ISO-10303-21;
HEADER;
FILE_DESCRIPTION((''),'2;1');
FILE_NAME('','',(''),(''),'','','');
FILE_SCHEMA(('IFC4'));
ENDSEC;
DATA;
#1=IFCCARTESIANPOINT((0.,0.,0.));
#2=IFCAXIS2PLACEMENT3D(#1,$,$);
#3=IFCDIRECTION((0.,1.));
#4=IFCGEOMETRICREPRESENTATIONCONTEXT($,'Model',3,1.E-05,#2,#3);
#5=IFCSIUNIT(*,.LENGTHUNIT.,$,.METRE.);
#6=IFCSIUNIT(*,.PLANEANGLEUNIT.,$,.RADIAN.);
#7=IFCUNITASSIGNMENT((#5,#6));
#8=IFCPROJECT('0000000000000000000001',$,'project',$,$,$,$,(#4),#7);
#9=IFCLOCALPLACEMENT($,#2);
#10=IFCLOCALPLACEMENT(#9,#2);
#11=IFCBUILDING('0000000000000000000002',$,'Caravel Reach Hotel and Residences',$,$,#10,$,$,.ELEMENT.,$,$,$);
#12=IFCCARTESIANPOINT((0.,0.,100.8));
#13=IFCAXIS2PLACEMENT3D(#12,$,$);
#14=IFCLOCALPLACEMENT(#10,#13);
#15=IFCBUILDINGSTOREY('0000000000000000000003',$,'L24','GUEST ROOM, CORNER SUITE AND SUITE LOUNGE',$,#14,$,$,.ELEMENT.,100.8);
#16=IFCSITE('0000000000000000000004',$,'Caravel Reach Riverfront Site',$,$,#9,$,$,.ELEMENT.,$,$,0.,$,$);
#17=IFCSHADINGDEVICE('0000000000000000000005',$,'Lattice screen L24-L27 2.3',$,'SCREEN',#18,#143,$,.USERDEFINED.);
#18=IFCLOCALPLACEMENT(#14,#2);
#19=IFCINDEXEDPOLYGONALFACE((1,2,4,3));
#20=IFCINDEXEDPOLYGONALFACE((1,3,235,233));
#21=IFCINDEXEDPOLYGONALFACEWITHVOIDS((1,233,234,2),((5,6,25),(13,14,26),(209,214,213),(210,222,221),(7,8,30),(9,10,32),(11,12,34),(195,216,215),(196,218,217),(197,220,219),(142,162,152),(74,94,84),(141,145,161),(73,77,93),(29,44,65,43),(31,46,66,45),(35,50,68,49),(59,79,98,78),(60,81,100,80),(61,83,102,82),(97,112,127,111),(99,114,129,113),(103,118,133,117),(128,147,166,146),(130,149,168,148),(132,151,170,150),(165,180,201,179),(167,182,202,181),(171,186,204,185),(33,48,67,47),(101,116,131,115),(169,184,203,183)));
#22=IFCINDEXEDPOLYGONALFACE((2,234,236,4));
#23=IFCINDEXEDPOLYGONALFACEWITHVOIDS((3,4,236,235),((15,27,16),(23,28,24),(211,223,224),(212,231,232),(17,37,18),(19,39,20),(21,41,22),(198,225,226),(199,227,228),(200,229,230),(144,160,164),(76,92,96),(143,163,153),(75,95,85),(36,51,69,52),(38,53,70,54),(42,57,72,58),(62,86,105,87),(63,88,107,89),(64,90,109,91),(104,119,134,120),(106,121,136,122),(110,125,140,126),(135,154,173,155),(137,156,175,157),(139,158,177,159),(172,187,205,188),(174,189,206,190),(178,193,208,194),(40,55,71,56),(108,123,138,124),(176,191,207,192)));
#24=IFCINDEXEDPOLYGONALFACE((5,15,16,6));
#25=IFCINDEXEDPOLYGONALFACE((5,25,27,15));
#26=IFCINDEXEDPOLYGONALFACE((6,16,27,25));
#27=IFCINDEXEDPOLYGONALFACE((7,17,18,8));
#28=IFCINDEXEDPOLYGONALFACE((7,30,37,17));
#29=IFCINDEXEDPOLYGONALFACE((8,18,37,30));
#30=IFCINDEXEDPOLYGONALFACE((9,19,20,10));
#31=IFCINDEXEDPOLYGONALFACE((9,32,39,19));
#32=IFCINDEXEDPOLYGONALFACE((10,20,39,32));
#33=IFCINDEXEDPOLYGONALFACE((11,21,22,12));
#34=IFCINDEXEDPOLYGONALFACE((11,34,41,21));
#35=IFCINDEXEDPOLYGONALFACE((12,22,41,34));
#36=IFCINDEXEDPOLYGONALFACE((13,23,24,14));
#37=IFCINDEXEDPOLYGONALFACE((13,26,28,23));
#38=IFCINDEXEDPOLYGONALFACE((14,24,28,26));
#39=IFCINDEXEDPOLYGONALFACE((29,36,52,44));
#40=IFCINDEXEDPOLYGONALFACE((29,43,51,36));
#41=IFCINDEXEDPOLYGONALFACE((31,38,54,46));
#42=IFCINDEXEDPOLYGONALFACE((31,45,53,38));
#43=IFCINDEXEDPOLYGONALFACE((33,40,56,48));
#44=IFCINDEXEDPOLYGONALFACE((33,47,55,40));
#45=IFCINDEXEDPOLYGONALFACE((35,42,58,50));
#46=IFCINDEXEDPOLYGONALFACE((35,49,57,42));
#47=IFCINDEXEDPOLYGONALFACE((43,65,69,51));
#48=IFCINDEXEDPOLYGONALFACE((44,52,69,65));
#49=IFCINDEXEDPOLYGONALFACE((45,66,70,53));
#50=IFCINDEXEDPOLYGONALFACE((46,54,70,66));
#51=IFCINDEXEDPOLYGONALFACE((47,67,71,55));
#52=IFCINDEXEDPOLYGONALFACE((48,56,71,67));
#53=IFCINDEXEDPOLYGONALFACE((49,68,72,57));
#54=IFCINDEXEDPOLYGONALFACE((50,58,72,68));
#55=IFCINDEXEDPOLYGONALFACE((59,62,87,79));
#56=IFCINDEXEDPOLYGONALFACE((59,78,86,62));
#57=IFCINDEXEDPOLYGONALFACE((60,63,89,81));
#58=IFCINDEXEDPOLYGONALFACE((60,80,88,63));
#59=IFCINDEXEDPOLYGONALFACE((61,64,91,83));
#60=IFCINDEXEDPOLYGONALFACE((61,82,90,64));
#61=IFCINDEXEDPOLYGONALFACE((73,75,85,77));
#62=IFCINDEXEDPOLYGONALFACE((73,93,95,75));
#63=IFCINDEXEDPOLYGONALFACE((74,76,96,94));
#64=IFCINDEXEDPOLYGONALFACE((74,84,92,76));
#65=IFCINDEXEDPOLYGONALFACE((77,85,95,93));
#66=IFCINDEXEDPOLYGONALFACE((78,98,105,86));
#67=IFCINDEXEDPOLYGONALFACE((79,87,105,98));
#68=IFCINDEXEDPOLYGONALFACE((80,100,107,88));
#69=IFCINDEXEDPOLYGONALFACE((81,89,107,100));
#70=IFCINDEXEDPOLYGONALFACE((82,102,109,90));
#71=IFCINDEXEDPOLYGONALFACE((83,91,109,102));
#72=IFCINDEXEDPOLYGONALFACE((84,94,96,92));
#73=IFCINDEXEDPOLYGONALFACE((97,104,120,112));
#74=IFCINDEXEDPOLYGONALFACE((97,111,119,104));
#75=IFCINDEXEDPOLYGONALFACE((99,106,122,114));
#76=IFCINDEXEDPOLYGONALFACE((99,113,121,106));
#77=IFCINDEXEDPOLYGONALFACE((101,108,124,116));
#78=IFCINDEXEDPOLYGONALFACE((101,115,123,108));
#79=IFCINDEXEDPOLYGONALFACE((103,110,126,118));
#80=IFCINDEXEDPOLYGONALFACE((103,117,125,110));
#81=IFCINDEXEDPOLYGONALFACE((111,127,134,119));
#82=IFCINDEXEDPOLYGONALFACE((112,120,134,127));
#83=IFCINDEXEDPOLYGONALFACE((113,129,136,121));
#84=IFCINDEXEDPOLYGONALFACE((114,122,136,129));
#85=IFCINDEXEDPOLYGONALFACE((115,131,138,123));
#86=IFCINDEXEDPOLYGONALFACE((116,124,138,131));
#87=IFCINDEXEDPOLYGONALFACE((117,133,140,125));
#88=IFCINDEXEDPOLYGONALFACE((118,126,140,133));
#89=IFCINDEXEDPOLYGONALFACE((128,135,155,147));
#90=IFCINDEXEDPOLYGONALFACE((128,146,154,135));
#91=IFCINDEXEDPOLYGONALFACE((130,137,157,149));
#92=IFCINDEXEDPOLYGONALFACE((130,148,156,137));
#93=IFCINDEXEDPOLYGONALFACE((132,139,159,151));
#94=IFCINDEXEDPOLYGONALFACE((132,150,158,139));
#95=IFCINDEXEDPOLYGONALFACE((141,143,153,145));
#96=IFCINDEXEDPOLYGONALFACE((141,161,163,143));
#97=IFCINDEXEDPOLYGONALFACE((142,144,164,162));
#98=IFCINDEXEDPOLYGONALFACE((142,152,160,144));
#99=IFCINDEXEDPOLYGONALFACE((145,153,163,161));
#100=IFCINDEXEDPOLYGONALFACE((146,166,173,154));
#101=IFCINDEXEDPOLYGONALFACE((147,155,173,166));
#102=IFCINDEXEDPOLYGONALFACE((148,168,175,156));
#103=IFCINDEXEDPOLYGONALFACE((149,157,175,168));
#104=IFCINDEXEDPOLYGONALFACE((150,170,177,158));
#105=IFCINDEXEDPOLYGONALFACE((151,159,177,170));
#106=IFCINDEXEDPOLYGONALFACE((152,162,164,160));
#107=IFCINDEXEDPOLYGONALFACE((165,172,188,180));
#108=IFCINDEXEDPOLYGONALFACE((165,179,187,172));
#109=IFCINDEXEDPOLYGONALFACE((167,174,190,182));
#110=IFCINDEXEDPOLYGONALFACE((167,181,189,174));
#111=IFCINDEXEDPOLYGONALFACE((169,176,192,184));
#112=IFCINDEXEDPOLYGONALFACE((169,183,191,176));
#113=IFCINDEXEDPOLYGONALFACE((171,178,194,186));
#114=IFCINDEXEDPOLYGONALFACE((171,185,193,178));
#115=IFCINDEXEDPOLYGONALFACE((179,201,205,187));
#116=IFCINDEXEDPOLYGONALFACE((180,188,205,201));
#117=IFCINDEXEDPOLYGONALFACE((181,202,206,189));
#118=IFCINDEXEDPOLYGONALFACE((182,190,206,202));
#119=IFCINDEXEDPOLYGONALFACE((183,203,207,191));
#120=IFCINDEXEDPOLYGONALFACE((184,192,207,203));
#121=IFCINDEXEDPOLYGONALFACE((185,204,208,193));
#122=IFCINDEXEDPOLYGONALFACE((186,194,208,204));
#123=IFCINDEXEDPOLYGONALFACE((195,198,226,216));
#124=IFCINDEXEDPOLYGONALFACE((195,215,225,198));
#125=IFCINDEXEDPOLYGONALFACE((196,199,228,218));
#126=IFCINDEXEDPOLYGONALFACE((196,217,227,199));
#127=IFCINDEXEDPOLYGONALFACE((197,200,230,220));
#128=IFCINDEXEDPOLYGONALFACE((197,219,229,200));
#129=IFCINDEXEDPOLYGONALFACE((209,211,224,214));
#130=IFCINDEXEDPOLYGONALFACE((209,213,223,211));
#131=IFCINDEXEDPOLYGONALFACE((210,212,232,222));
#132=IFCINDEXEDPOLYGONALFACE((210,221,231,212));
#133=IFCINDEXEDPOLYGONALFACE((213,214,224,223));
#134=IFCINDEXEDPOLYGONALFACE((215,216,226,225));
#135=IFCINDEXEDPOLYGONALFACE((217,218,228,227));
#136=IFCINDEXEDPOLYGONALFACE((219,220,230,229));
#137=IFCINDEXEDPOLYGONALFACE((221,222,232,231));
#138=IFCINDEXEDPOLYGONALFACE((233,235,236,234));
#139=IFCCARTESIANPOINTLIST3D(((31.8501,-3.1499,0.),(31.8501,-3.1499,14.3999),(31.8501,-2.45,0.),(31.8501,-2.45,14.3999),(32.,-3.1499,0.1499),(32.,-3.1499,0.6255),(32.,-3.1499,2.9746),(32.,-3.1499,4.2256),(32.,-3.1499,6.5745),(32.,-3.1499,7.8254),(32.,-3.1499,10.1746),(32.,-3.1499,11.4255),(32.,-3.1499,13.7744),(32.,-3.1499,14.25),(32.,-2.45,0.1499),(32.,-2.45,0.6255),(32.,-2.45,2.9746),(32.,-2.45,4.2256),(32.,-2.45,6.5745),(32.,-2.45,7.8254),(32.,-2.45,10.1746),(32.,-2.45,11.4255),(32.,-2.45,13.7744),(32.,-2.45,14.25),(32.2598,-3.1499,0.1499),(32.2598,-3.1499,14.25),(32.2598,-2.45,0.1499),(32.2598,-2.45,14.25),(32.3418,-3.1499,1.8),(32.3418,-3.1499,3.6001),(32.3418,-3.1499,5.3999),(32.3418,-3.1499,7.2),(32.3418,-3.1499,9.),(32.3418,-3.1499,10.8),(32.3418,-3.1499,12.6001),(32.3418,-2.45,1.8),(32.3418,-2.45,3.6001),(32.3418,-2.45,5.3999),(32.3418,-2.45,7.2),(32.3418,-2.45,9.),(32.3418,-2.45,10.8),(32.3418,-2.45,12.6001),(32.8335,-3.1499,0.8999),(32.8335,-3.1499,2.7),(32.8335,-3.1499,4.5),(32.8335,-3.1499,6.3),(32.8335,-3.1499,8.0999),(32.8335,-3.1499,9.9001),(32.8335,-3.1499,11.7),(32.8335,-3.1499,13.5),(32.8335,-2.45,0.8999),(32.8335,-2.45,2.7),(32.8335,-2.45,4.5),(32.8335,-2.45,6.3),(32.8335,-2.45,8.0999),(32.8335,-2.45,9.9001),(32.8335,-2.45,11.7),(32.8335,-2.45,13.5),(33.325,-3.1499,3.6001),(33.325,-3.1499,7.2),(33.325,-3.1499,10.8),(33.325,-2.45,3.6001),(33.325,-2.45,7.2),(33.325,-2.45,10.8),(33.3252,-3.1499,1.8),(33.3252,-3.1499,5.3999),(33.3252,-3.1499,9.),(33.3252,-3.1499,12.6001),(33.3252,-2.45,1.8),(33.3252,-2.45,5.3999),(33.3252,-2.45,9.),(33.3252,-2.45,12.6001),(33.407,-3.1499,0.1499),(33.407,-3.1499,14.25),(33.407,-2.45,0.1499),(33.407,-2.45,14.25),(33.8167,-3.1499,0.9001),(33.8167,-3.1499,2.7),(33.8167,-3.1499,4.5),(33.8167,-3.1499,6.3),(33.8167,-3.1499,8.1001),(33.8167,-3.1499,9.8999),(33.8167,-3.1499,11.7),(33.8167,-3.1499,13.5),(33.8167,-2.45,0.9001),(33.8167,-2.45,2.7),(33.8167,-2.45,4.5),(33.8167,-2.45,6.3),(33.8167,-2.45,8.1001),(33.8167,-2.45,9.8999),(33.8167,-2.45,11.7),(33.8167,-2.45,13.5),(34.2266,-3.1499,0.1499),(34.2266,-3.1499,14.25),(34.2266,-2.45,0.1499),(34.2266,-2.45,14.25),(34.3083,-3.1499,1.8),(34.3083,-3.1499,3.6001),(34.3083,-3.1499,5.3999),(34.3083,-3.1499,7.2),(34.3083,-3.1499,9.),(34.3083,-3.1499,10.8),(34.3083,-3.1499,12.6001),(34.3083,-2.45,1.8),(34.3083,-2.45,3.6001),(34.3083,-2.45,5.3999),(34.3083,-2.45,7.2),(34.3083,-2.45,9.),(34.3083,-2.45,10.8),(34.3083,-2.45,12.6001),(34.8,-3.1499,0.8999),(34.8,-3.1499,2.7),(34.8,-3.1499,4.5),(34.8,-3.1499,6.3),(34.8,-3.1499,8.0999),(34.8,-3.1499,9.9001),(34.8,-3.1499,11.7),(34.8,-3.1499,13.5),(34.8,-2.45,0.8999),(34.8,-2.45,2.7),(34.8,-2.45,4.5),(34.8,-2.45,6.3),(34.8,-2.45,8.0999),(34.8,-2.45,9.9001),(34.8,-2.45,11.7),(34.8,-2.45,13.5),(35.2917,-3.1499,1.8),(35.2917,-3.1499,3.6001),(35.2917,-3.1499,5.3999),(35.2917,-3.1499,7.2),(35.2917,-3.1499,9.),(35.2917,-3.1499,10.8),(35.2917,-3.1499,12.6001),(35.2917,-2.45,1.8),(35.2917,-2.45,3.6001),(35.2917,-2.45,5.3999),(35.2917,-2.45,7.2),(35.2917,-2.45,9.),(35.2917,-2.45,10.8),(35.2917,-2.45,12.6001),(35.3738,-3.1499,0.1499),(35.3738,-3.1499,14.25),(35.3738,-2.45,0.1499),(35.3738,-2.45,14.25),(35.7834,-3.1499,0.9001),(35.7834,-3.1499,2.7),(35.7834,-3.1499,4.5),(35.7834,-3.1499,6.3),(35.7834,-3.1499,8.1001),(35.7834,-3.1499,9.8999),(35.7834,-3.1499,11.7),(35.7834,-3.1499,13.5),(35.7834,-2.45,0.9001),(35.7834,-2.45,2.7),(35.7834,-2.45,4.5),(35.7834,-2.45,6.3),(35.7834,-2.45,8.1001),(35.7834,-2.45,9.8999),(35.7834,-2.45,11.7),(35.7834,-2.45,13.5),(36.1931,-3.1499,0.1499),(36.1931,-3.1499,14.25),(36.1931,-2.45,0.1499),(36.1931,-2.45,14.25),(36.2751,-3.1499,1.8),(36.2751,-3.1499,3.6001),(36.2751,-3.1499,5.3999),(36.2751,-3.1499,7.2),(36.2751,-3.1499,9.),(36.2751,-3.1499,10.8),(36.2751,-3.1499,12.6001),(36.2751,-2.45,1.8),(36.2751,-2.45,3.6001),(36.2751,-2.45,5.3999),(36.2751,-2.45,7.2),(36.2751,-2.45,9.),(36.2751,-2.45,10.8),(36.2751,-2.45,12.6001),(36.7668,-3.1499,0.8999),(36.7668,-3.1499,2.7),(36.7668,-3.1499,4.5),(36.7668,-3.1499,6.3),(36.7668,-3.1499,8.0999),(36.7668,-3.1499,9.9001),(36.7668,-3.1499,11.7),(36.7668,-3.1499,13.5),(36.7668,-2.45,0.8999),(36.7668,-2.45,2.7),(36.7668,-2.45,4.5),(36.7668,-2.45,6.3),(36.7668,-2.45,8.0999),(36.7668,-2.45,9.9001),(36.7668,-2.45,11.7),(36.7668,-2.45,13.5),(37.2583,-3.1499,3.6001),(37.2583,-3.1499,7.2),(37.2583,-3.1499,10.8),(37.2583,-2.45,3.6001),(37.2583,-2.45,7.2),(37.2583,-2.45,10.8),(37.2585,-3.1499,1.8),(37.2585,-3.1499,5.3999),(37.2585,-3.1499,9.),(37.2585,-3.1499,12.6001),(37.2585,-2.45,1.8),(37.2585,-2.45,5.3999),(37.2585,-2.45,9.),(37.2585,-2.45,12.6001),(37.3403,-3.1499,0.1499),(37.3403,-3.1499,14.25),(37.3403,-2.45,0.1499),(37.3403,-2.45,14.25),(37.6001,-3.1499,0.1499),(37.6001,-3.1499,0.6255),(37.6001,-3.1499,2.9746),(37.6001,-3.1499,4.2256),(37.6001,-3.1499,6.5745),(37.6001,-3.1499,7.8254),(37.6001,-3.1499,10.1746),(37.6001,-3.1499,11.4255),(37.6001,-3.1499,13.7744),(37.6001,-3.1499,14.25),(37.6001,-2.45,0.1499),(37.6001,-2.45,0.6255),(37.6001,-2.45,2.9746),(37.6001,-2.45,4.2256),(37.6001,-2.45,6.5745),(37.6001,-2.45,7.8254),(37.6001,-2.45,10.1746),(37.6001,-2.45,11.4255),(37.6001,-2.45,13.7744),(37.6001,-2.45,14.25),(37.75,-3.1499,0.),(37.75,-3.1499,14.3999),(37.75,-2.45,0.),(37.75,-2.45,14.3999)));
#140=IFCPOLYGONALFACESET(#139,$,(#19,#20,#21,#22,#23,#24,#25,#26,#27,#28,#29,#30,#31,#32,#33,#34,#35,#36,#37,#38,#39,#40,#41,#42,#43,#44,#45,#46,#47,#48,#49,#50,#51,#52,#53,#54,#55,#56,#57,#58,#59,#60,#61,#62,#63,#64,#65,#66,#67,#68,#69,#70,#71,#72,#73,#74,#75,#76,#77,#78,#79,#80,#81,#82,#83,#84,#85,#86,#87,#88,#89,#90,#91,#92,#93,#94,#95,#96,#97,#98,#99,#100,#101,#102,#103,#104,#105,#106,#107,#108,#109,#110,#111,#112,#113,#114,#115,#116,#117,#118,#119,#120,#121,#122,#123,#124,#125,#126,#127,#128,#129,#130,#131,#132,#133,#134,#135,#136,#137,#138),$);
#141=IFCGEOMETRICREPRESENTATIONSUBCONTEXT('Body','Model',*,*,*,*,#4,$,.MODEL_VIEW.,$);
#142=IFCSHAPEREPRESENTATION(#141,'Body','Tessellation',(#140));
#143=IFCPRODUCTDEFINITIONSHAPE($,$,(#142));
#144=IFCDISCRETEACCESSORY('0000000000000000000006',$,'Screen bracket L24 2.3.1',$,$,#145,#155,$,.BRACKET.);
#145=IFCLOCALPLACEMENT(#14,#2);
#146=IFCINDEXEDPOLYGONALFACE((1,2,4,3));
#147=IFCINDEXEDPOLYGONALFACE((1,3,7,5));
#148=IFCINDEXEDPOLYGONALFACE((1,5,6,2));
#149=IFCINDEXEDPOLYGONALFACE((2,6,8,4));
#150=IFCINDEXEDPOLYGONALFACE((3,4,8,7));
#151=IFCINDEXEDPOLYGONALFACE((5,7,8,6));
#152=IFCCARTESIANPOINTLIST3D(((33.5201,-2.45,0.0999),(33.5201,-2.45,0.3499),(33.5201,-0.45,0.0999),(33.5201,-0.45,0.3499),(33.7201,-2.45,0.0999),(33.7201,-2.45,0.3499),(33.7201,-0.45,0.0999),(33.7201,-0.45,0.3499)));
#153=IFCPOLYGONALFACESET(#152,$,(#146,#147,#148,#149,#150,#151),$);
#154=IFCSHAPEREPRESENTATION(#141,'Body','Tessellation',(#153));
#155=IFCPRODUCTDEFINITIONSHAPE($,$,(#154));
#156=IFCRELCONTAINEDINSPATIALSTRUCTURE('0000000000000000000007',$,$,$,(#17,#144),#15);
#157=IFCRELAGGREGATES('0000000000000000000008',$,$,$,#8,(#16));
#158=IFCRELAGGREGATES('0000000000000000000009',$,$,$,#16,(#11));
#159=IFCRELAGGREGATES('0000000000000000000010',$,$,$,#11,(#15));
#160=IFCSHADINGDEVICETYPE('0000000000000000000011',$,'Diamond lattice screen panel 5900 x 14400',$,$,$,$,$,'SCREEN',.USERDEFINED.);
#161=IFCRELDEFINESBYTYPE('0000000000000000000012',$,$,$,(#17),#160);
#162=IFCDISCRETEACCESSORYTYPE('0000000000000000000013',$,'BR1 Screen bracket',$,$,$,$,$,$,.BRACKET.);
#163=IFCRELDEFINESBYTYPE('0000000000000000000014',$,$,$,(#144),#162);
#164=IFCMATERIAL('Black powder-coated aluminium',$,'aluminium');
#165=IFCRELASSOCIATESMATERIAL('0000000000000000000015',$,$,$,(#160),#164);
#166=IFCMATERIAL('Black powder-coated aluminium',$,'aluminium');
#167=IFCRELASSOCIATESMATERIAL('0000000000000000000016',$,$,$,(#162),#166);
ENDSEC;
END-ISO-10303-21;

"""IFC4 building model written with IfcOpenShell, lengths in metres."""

from ifc_helpers import new_model, si_unit, direction, frame, origin, origin_2d, place, context, subcontext, project, spatial, polyline, rectangle, outline, extrude, material, type_object, element, save


model = new_model("IFC4")

# Units and contexts
model_context = context("Model", 3, precision=1e-05, world=origin(), true_north=direction((0.0, 1.0)))
body_context = subcontext(model_context, "Body", "Model", "MODEL_VIEW")
ifc_project = project(units=[si_unit("LENGTHUNIT", "METRE"), si_unit("PLANEANGLEUNIT", "RADIAN")], contexts=[model_context])

# Site, building, storey
site_placement = place(None, origin())
site = spatial("IfcSite", under=ifc_project, at=site_placement, Name="Caravel Reach Riverfront Site", CompositionType="ELEMENT", RefElevation=0.0)
building_placement = place(site_placement, origin())
building = spatial("IfcBuilding", under=site, at=building_placement, Name="Caravel Reach Hotel and Residences", CompositionType="ELEMENT")
storey_placement = place(building_placement, frame((0.0, 0.0, 100.8)))
storey = spatial("IfcBuildingStorey", under=building, at=storey_placement, Name="L24", Description="GUEST ROOM, CORNER SUITE AND SUITE LOUNGE", CompositionType="ELEMENT", Elevation=100.8)

# Shading device
ifc_material_1 = material(Name="Black powder-coated aluminium", Category="aluminium")
shading_device_type = type_object("IfcShadingDeviceType", Name="Diamond lattice screen panel 5900 x 14400", ElementType="SCREEN", PredefinedType="USERDEFINED", material=ifc_material_1)
shading_device_placement = place(storey_placement, frame((31.8501, -2.45, 0.0), z_axis=(0.0, -1.0, 0.0), x_axis=(1.0, 0.0, 0.0)))
element("IfcShadingDevice", 1, at=shading_device_placement, inside=storey, type_object=shading_device_type, Name="Lattice screen L24-L27 2.3", ObjectType="SCREEN", PredefinedType="USERDEFINED", context=body_context, shape_type="SweptSolid", body=[
    extrude(outline(polyline([(0.0, 0.0), (5.8999, 0.0), (5.8999, 14.3999), (0.0, 14.3999), (0.0, 0.0)]), holes=[polyline([(0.4097, 0.1499), (0.1499, 0.6255), (0.1499, 0.1499), (0.4097, 0.1499)]), polyline([(0.4917, 3.6001), (0.1499, 4.2256), (0.1499, 2.9746), (0.4917, 3.6001)]), polyline([(0.4917, 7.2), (0.1499, 7.8254), (0.1499, 6.5745), (0.4917, 7.2)]), polyline([(0.4917, 10.8), (0.1499, 11.4255), (0.1499, 10.1746), (0.4917, 10.8)]), polyline([(0.1499, 13.7744), (0.4097, 14.25), (0.1499, 14.25), (0.1499, 13.7744)]), polyline([(0.9834, 2.7), (0.4917, 1.8), (0.9834, 0.8999), (1.4751, 1.8), (0.9834, 2.7)]), polyline([(0.9834, 6.3), (0.4917, 5.3999), (0.9834, 4.5), (1.4751, 5.3999), (0.9834, 6.3)]), polyline([(0.9834, 9.9001), (0.4917, 9.0), (0.9834, 8.0999), (1.4751, 9.0), (0.9834, 9.9001)]), polyline([(0.9834, 13.5), (0.4917, 12.6001), (0.9834, 11.7), (1.4751, 12.6001), (0.9834, 13.5)]), polyline([(1.9666, 0.9001), (1.5569, 0.1499), (2.3765, 0.1499), (1.9666, 0.9001)]), polyline([(1.9666, 4.5), (1.4749, 3.6001), (1.9666, 2.7), (2.4583, 3.6001), (1.9666, 4.5)]), polyline([(1.9666, 8.1001), (1.4749, 7.2), (1.9666, 6.3), (2.4583, 7.2), (1.9666, 8.1001)]), polyline([(1.9666, 11.7), (1.4749, 10.8), (1.9666, 9.8999), (2.4583, 10.8), (1.9666, 11.7)]), polyline([(1.9666, 13.5), (2.3765, 14.25), (1.5569, 14.25), (1.9666, 13.5)]), polyline([(2.95, 2.7), (2.4583, 1.8), (2.95, 0.8999), (3.4417, 1.8), (2.95, 2.7)]), polyline([(2.95, 6.3), (2.4583, 5.3999), (2.95, 4.5), (3.4417, 5.3999), (2.95, 6.3)]), polyline([(2.95, 9.9001), (2.4583, 9.0), (2.95, 8.0999), (3.4417, 9.0), (2.95, 9.9001)]), polyline([(2.95, 13.5), (2.4583, 12.6001), (2.95, 11.7), (3.4417, 12.6001), (2.95, 13.5)]), polyline([(3.9333, 0.9001), (3.5237, 0.1499), (4.343, 0.1499), (3.9333, 0.9001)]), polyline([(3.9333, 4.5), (3.4417, 3.6001), (3.9333, 2.7), (4.425, 3.6001), (3.9333, 4.5)]), polyline([(3.9333, 8.1001), (3.4417, 7.2), (3.9333, 6.3), (4.425, 7.2), (3.9333, 8.1001)]), polyline([(3.9333, 11.7), (3.4417, 10.8), (3.9333, 9.8999), (4.425, 10.8), (3.9333, 11.7)]), polyline([(3.9333, 13.5), (4.343, 14.25), (3.5237, 14.25), (3.9333, 13.5)]), polyline([(4.9167, 2.7), (4.425, 1.8), (4.9167, 0.8999), (5.4084, 1.8), (4.9167, 2.7)]), polyline([(4.9167, 6.3), (4.425, 5.3999), (4.9167, 4.5), (5.4084, 5.3999), (4.9167, 6.3)]), polyline([(4.9167, 9.9001), (4.425, 9.0), (4.9167, 8.0999), (5.4084, 9.0), (4.9167, 9.9001)]), polyline([(4.9167, 13.5), (4.425, 12.6001), (4.9167, 11.7), (5.4084, 12.6001), (4.9167, 13.5)]), polyline([(5.75, 0.6255), (5.4902, 0.1499), (5.75, 0.1499), (5.75, 0.6255)]), polyline([(5.4082, 3.6001), (5.75, 2.9746), (5.75, 4.2256), (5.4082, 3.6001)]), polyline([(5.4082, 7.2), (5.75, 6.5745), (5.75, 7.8254), (5.4082, 7.2)]), polyline([(5.4082, 10.8), (5.75, 10.1746), (5.75, 11.4255), (5.4082, 10.8)]), polyline([(5.4902, 14.25), (5.75, 13.7744), (5.75, 14.25), (5.4902, 14.25)])]), origin(), (0.0, 0.0, 1.0), 0.7),
])

# Discrete accessory
ifc_material_2 = material(Name="Black powder-coated aluminium", Category="aluminium")
discrete_accessory_type = type_object("IfcDiscreteAccessoryType", Name="BR1 Screen bracket", PredefinedType="BRACKET", material=ifc_material_2)
discrete_accessory_placement = place(storey_placement, frame((33.6201, -1.45, 0.0999), z_axis=(0.0, 0.0, 1.0), x_axis=(0.0, -1.0, 0.0)))
element("IfcDiscreteAccessory", 2, at=discrete_accessory_placement, inside=storey, type_object=discrete_accessory_type, Name="Screen bracket L24 2.3.1", PredefinedType="BRACKET", context=body_context, shape_type="SweptSolid", body=[
    extrude(rectangle(XDim=2.0, YDim=0.2, at=origin_2d()), origin(), (0.0, 0.0, 1.0), 0.25),
])

save(model, "model.ifc")
